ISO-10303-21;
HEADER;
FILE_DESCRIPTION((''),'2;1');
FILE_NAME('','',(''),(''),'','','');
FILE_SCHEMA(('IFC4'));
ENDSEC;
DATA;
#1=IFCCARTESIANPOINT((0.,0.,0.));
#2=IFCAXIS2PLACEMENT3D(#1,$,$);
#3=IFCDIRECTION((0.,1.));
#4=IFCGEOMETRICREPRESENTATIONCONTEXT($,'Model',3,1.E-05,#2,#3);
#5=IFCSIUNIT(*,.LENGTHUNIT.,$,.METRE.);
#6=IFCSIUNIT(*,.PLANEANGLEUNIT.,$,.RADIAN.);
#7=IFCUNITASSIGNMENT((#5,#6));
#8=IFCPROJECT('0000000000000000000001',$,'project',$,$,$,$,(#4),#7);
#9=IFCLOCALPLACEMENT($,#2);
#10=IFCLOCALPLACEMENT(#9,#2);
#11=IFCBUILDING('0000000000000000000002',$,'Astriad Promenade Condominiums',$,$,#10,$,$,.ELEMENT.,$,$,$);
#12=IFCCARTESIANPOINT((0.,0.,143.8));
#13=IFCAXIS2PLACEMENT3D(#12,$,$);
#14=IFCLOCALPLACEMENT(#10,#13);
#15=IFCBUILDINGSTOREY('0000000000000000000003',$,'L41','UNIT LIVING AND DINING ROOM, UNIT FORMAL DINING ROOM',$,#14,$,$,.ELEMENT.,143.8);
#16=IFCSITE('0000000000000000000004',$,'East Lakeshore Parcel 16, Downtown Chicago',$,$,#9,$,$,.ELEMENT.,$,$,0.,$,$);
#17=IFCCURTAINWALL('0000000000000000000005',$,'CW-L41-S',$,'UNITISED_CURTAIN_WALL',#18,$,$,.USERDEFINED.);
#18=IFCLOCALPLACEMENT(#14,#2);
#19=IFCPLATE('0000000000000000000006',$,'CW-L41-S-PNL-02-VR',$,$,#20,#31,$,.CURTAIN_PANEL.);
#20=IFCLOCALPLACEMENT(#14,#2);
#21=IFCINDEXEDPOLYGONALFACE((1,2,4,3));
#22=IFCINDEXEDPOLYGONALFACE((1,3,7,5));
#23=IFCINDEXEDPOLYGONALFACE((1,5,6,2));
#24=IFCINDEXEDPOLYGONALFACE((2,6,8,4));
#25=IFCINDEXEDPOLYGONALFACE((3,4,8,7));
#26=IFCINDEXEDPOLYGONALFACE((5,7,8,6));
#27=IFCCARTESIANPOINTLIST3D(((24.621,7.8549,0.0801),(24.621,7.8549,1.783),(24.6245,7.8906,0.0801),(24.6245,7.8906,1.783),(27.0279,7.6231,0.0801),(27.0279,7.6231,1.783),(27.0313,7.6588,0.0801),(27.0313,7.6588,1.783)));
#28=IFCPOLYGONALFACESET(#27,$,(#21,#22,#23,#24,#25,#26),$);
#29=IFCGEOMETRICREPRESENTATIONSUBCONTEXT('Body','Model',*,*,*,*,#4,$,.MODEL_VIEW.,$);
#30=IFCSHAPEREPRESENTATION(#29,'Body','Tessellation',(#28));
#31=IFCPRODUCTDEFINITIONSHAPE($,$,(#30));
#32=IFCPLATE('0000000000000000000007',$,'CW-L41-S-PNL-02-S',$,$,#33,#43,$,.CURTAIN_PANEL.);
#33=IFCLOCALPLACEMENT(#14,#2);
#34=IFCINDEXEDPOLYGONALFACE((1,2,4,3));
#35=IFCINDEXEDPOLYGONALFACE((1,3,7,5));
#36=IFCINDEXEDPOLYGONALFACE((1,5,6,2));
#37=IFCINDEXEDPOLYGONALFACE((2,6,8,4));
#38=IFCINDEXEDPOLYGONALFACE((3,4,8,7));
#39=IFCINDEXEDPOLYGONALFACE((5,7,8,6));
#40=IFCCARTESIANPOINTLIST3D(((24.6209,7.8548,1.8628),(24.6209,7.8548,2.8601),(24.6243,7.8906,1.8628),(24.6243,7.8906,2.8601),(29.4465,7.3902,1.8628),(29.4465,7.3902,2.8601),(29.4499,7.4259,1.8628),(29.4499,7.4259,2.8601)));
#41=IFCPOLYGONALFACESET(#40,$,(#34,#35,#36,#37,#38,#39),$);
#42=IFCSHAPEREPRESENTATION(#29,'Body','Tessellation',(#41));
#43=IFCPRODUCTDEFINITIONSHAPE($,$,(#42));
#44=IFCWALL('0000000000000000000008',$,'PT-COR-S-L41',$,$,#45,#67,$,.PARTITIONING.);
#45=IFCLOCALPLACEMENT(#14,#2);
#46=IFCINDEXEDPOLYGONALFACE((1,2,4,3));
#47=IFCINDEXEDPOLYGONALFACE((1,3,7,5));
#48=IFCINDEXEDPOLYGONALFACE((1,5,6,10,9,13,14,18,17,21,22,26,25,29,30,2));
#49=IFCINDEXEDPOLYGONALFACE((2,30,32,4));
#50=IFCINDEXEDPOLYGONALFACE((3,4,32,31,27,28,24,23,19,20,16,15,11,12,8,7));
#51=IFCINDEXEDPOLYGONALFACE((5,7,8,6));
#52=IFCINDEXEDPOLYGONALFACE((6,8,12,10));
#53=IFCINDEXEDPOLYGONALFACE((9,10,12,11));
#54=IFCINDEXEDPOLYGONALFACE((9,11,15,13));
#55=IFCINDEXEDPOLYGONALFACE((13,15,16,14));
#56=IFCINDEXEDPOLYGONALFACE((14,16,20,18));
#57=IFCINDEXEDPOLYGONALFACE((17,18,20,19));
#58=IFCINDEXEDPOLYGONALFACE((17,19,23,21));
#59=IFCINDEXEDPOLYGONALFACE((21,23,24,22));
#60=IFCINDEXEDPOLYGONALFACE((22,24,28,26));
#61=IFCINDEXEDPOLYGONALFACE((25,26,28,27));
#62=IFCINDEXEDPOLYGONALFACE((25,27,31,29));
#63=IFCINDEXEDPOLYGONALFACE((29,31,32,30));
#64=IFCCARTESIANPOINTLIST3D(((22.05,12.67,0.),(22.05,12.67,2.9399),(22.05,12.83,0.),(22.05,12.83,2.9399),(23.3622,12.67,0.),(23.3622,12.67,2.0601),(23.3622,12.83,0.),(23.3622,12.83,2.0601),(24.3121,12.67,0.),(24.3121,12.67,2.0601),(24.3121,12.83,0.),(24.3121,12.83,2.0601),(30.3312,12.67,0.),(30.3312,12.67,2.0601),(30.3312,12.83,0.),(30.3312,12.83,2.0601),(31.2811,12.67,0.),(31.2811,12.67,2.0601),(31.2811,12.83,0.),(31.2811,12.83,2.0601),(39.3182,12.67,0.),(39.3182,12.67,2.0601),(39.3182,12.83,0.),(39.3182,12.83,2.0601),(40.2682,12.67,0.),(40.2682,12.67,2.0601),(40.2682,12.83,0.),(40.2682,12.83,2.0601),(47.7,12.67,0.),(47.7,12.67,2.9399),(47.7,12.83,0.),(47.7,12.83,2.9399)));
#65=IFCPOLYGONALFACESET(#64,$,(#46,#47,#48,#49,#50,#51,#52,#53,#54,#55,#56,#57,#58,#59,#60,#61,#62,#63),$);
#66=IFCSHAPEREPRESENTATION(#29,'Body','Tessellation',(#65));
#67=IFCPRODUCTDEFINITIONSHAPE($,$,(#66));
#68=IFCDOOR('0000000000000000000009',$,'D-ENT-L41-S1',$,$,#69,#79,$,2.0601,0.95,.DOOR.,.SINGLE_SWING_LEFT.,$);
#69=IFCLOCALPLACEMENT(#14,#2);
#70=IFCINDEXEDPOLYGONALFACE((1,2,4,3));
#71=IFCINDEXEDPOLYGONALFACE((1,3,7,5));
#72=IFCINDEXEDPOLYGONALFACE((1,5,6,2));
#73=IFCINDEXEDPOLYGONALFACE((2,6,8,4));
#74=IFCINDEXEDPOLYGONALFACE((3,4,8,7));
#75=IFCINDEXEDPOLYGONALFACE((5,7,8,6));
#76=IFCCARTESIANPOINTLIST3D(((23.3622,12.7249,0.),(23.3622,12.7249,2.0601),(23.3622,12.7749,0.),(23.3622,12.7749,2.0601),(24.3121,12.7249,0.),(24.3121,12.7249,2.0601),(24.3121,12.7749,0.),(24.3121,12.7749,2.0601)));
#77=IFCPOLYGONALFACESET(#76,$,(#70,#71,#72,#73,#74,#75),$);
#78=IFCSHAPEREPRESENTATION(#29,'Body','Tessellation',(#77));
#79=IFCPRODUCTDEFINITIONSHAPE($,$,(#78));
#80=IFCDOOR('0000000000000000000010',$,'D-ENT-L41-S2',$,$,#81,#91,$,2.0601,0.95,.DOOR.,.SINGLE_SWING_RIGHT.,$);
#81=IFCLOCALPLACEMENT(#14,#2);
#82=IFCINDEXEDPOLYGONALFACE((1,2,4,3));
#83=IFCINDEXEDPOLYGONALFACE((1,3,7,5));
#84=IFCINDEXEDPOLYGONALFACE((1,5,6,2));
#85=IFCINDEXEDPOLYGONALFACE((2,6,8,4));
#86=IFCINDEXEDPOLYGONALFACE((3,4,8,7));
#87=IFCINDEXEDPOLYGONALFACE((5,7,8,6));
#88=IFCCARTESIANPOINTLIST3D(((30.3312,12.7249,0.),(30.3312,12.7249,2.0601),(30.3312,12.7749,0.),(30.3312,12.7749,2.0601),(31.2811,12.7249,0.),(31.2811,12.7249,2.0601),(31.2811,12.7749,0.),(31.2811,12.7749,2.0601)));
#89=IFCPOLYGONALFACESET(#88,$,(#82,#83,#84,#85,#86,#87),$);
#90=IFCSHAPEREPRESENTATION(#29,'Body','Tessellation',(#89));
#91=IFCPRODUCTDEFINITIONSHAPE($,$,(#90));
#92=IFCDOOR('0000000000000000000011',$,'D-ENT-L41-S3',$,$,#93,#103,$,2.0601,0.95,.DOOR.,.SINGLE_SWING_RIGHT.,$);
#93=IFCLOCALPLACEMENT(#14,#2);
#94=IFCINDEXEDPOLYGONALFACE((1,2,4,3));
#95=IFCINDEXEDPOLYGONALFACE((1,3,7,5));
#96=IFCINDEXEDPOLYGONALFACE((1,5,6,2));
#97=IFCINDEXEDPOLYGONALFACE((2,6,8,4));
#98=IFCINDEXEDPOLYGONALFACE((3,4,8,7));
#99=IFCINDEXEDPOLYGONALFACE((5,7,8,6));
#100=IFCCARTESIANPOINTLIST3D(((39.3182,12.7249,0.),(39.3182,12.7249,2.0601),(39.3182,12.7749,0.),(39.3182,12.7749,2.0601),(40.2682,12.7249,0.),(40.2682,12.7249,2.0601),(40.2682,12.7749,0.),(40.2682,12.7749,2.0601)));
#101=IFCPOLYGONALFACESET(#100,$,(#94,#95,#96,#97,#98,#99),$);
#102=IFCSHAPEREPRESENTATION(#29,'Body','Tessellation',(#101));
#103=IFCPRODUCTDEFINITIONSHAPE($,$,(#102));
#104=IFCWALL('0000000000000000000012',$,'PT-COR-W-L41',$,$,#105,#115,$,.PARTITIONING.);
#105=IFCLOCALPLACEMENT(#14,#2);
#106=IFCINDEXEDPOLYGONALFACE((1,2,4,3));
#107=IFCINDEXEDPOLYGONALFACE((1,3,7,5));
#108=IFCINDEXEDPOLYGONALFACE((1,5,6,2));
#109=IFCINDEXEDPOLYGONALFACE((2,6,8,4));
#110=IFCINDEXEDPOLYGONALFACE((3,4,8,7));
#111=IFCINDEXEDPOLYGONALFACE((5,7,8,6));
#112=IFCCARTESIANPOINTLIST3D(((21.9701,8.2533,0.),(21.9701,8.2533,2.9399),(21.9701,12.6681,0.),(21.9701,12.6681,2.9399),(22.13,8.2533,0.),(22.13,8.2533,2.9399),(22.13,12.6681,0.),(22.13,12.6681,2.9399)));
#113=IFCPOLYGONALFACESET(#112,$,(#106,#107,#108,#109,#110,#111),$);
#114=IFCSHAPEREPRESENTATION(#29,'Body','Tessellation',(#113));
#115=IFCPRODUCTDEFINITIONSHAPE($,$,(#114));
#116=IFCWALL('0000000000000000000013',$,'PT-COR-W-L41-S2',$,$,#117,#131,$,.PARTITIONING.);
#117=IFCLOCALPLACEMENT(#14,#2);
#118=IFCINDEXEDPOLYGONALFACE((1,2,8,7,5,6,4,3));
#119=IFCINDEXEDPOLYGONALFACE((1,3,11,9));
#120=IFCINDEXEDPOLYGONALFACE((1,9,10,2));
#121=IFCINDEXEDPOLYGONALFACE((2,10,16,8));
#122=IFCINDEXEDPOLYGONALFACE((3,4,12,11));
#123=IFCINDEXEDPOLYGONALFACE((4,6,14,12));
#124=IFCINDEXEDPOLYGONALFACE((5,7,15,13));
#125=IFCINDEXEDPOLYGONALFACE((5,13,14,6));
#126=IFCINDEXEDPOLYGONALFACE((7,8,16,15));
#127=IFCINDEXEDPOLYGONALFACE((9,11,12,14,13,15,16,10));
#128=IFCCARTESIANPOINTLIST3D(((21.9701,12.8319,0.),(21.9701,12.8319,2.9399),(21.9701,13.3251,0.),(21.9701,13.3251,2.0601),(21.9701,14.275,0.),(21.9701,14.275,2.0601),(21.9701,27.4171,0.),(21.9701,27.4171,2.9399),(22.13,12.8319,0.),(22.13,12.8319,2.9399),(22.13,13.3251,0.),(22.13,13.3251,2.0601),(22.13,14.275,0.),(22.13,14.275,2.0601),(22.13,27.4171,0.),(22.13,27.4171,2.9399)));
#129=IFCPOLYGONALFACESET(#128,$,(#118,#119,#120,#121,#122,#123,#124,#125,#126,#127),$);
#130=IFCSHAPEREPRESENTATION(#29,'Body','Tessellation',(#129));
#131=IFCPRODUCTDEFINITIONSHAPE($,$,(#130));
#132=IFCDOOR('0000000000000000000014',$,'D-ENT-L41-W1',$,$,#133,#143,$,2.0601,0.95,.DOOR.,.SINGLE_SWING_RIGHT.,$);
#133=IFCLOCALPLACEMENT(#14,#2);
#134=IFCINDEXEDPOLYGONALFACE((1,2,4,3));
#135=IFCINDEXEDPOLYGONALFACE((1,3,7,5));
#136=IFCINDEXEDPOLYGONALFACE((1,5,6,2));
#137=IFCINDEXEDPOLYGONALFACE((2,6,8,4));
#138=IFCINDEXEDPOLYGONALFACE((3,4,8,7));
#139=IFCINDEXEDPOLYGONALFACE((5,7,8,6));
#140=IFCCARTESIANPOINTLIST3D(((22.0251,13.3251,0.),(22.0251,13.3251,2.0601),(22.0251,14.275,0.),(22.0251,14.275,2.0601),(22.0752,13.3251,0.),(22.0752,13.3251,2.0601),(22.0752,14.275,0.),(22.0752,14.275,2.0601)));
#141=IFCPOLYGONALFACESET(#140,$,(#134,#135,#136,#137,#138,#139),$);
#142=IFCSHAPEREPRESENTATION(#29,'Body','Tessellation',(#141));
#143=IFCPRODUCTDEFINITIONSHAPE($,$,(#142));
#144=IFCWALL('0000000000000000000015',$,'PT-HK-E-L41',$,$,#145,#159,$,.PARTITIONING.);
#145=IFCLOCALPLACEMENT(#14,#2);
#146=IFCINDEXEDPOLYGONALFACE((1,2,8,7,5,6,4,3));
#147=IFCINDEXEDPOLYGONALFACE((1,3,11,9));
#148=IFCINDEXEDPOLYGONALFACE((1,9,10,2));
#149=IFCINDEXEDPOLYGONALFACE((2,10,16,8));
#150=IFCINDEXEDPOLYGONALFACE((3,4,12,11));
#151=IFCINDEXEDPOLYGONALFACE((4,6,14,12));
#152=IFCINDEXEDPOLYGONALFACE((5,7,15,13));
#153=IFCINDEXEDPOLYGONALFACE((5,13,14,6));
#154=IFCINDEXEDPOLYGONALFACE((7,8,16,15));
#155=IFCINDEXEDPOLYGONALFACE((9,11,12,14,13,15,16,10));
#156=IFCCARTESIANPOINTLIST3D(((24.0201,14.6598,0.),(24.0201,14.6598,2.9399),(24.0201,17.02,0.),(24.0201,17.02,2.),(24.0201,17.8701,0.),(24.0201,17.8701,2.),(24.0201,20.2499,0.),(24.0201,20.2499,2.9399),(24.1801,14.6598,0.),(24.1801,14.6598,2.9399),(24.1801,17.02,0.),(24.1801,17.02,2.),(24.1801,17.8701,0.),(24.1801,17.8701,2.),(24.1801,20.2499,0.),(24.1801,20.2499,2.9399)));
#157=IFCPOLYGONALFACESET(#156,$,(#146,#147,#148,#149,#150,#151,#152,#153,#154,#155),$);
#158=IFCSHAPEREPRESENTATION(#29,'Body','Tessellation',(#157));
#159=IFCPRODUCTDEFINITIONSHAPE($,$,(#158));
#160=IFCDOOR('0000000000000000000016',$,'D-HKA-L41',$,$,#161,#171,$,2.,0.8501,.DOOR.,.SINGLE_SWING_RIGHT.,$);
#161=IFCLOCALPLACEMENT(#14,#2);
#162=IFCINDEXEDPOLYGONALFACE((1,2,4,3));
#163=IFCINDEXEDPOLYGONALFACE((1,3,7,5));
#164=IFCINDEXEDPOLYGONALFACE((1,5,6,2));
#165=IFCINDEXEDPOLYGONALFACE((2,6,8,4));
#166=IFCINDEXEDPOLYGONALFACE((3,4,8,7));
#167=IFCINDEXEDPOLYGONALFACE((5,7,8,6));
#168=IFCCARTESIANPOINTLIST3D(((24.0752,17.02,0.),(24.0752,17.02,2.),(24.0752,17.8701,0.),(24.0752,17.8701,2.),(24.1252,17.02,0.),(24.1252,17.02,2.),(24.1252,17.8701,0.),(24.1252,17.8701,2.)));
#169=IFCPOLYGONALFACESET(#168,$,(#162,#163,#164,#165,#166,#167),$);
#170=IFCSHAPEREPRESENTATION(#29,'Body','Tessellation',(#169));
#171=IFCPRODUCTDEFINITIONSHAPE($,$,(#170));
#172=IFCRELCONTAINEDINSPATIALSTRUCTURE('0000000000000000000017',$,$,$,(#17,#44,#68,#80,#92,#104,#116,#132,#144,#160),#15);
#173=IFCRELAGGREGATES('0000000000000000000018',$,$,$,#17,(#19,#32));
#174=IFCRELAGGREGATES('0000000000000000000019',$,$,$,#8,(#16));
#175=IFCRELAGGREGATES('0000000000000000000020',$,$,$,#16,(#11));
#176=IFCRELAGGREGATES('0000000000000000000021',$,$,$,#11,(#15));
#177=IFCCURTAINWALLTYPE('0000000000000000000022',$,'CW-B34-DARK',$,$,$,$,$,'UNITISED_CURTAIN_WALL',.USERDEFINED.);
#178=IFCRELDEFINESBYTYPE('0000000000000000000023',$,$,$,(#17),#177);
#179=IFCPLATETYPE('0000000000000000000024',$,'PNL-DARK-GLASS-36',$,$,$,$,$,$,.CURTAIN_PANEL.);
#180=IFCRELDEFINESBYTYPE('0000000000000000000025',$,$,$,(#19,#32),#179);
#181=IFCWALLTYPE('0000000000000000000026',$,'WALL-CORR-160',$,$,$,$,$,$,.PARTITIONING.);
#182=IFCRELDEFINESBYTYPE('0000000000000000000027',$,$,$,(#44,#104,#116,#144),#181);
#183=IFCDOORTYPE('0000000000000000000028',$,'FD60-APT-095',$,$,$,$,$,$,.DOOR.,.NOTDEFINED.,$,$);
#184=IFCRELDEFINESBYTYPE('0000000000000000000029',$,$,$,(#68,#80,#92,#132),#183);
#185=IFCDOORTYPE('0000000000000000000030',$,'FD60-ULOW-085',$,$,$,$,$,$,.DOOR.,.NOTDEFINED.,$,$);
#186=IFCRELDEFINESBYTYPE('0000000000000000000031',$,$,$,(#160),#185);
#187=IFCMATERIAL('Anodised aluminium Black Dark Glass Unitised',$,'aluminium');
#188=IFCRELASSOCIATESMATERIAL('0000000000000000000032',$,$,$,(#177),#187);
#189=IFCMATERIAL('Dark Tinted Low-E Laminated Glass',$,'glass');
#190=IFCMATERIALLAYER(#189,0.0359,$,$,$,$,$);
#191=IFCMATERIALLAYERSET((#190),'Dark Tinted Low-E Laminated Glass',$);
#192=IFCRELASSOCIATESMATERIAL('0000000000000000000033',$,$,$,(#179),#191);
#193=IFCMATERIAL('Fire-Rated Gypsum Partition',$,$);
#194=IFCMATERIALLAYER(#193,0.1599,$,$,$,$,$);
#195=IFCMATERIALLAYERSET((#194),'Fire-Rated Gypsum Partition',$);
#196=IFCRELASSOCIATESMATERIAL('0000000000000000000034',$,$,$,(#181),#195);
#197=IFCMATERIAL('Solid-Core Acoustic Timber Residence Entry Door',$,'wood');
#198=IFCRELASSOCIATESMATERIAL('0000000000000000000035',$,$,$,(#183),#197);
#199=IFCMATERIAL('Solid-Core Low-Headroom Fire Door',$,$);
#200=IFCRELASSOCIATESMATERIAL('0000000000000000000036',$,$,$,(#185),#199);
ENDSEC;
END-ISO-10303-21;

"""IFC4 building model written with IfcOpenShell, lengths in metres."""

from ifc_helpers import new_model, si_unit, direction, frame, frame_2d, origin, origin_2d, place, context, subcontext, project, spatial, rectangle, extrude, source, transform, mapped, material, layer, layer_set, type_object, type_shapes, element, fill, aggregate, save


model = new_model("IFC4")

# Units and contexts
model_context = context("Model", 3, precision=1e-05, world=origin(), true_north=direction((0.0, 1.0)))
body_context = subcontext(model_context, "Body", "Model", "MODEL_VIEW")
ifc_project = project(units=[si_unit("LENGTHUNIT", "METRE"), si_unit("PLANEANGLEUNIT", "RADIAN")], contexts=[model_context])

# Site, building, storey
site_placement = place(None, origin())
site = spatial("IfcSite", under=ifc_project, at=site_placement, Name="East Lakeshore Parcel 16, Downtown Chicago", CompositionType="ELEMENT", RefElevation=0.0)
building_placement = place(site_placement, origin())
building = spatial("IfcBuilding", under=site, at=building_placement, Name="Astriad Promenade Condominiums", CompositionType="ELEMENT")
storey_placement = place(building_placement, frame((0.0, 0.0, 143.8)))
storey = spatial("IfcBuildingStorey", under=building, at=storey_placement, Name="L41", Description="UNIT LIVING AND DINING ROOM, UNIT FORMAL DINING ROOM", CompositionType="ELEMENT", Elevation=143.8)

# Curtain wall, plates
ifc_material_1 = material(Name="Anodised aluminium Black Dark Glass Unitised", Category="aluminium")
curtain_wall_type = type_object("IfcCurtainWallType", Name="CW-B34-DARK", ElementType="UNITISED_CURTAIN_WALL", PredefinedType="USERDEFINED", material=ifc_material_1)
curtain_wall_placement = place(storey_placement, origin())
curtain_wall = element("IfcCurtainWall", 1, at=curtain_wall_placement, inside=storey, type_object=curtain_wall_type, Name="CW-L41-S", ObjectType="UNITISED_CURTAIN_WALL", PredefinedType="USERDEFINED")
ifc_material_2 = material(Name="Dark Tinted Low-E Laminated Glass", Category="glass")
ifc_layer_1 = layer(ifc_material_2, 0.0359)
ifc_layer_set_1 = layer_set([ifc_layer_1], Name="Dark Tinted Low-E Laminated Glass")
plate_type = type_object("IfcPlateType", Name="PNL-DARK-GLASS-36", PredefinedType="CURTAIN_PANEL", material=ifc_layer_set_1)
shared_shape_1 = source(origin(), body_context, "Body", "SweptSolid", [
    extrude(rectangle(XDim=2.418, YDim=0.0359, at=origin_2d()), origin(), (0.0, 0.0, 1.0), 1.7029),
])
plate_1_placement = place(storey_placement, frame((25.8262, 7.7568, 0.0801), z_axis=(0.0, 0.0, 1.0), x_axis=(-0.995396, 0.095846, 0.0)))
plate_1 = element("IfcPlate", 2, at=plate_1_placement, type_object=plate_type, Name="CW-L41-S-PNL-02-VR", PredefinedType="CURTAIN_PANEL", context=body_context, shape_type="MappedRepresentation", body=[
    mapped(shared_shape_1, transform((0.0, 0.0, 0.0), scale=1.0)),
])
shared_shape_2 = source(origin(), body_context, "Body", "SweptSolid", [
    extrude(rectangle(XDim=4.8479, YDim=0.0359, at=origin_2d()), origin(), (0.0, 0.0, 1.0), 0.9973),
])
type_shapes(plate_type, [shared_shape_1, shared_shape_2])
plate_2_placement = place(storey_placement, frame((27.0354, 7.6404, 1.8628), z_axis=(0.0, 0.0, 1.0), x_axis=(-0.995396, 0.095846, 0.0)))
plate_2 = element("IfcPlate", 3, at=plate_2_placement, type_object=plate_type, Name="CW-L41-S-PNL-02-S", PredefinedType="CURTAIN_PANEL", context=body_context, shape_type="MappedRepresentation", body=[
    mapped(shared_shape_2, transform((0.0, 0.0, 0.0), scale=1.0)),
])
aggregate(curtain_wall, [plate_1, plate_2])

# Wall, openings, doors
ifc_material_3 = material(Name="Fire-Rated Gypsum Partition")
ifc_layer_2 = layer(ifc_material_3, 0.1599)
ifc_layer_set_2 = layer_set([ifc_layer_2], Name="Fire-Rated Gypsum Partition")
wall_type_1 = type_object("IfcWallType", Name="WALL-CORR-160", PredefinedType="PARTITIONING", material=ifc_layer_set_2)
wall_1_placement = place(storey_placement, frame((22.05, 12.75, 0.0), z_axis=(0.0, 0.0, 1.0), x_axis=(1.0, 0.0, 0.0)))
wall_1 = element("IfcWall", 4, at=wall_1_placement, inside=storey, type_object=wall_type_1, Name="PT-COR-S-L41", PredefinedType="PARTITIONING", context=body_context, shape_type="SweptSolid", body=[
    extrude(rectangle(XDim=25.6499, YDim=0.1599, at=frame_2d((12.825, 0.0))), origin(), (0.0, 0.0, 1.0), 2.9399),
])
opening_1_placement = place(wall_1_placement, frame((1.312, 0.0, 0.0)))
opening_1 = element("IfcOpeningElement", 5, at=opening_1_placement, cuts=wall_1, PredefinedType="OPENING", context=body_context, shape_type="SweptSolid", body=[
    extrude(rectangle(XDim=0.95, YDim=2.0601, at=frame_2d((0.4751, 1.03))), frame((0.0, 0.0898, 0.0), z_axis=(0.0, -1.0, 0.0), x_axis=(1.0, 0.0, 0.0)), (0.0, 0.0, 1.0), 0.1799),
])
opening_2_placement = place(wall_1_placement, frame((8.281, 0.0, 0.0)))
opening_2 = element("IfcOpeningElement", 6, at=opening_2_placement, cuts=wall_1, PredefinedType="OPENING", context=body_context, shape_type="SweptSolid", body=[
    extrude(rectangle(XDim=0.95, YDim=2.0601, at=frame_2d((0.4751, 1.03))), frame((0.0, 0.0898, 0.0), z_axis=(0.0, -1.0, 0.0), x_axis=(1.0, 0.0, 0.0)), (0.0, 0.0, 1.0), 0.1799),
])
opening_3_placement = place(wall_1_placement, frame((17.2681, 0.0, 0.0)))
opening_3 = element("IfcOpeningElement", 7, at=opening_3_placement, cuts=wall_1, PredefinedType="OPENING", context=body_context, shape_type="SweptSolid", body=[
    extrude(rectangle(XDim=0.95, YDim=2.0601, at=frame_2d((0.4751, 1.03))), frame((0.0, 0.0898, 0.0), z_axis=(0.0, -1.0, 0.0), x_axis=(1.0, 0.0, 0.0)), (0.0, 0.0, 1.0), 0.1799),
])
ifc_material_4 = material(Name="Solid-Core Acoustic Timber Residence Entry Door", Category="wood")
door_type_1 = type_object("IfcDoorType", Name="FD60-APT-095", OperationType="NOTDEFINED", PredefinedType="DOOR", material=ifc_material_4)
shared_shape_3 = source(origin(), body_context, "Body", "SweptSolid", [
    extrude(rectangle(XDim=0.95, YDim=2.0601, at=frame_2d((0.4751, 1.03))), frame((0.0, 0.0249, 0.0), z_axis=(0.0, -1.0, 0.0), x_axis=(1.0, 0.0, 0.0)), (0.0, 0.0, 1.0), 0.05),
])
type_shapes(door_type_1, [shared_shape_3])
door_1_placement = place(opening_1_placement, origin())
door_1 = element("IfcDoor", 8, at=door_1_placement, inside=storey, type_object=door_type_1, Name="D-ENT-L41-S1", OperationType="SINGLE_SWING_LEFT", OverallHeight=2.0601, OverallWidth=0.95, PredefinedType="DOOR", context=body_context, shape_type="MappedRepresentation", body=[
    mapped(shared_shape_3, transform((0.0, 0.0, 0.0), scale=1.0)),
])
fill(opening_1, door_1)
door_2_placement = place(opening_2_placement, origin())
door_2 = element("IfcDoor", 9, at=door_2_placement, inside=storey, type_object=door_type_1, Name="D-ENT-L41-S2", OperationType="SINGLE_SWING_RIGHT", OverallHeight=2.0601, OverallWidth=0.95, PredefinedType="DOOR", context=body_context, shape_type="MappedRepresentation", body=[
    mapped(shared_shape_3, transform((0.0, 0.0, 0.0), scale=1.0)),
])
fill(opening_2, door_2)
door_3_placement = place(opening_3_placement, origin())
door_3 = element("IfcDoor", 10, at=door_3_placement, inside=storey, type_object=door_type_1, Name="D-ENT-L41-S3", OperationType="SINGLE_SWING_RIGHT", OverallHeight=2.0601, OverallWidth=0.95, PredefinedType="DOOR", context=body_context, shape_type="MappedRepresentation", body=[
    mapped(shared_shape_3, transform((0.0, 0.0, 0.0), scale=1.0)),
])
fill(opening_3, door_3)

# Wall
wall_2_placement = place(storey_placement, frame((22.05, 8.2532, 0.0), z_axis=(0.0, 0.0, 1.0), x_axis=(0.0, 1.0, 0.0)))
element("IfcWall", 11, at=wall_2_placement, inside=storey, type_object=wall_type_1, Name="PT-COR-W-L41", PredefinedType="PARTITIONING", context=body_context, shape_type="SweptSolid", body=[
    extrude(rectangle(XDim=4.4148, YDim=0.1599, at=frame_2d((2.2075, 0.0))), origin(), (0.0, 0.0, 1.0), 2.9399),
])

# Walls, openings, doors
wall_3_placement = place(storey_placement, frame((22.05, 12.832, 0.0), z_axis=(0.0, 0.0, 1.0), x_axis=(0.0, 1.0, 0.0)))
wall_3 = element("IfcWall", 12, at=wall_3_placement, inside=storey, type_object=wall_type_1, Name="PT-COR-W-L41-S2", PredefinedType="PARTITIONING", context=body_context, shape_type="SweptSolid", body=[
    extrude(rectangle(XDim=14.5852, YDim=0.1599, at=frame_2d((7.2925, 0.0))), origin(), (0.0, 0.0, 1.0), 2.9399),
])
opening_4_placement = place(wall_3_placement, frame((0.4929, 0.0, 0.0)))
opening_4 = element("IfcOpeningElement", 13, at=opening_4_placement, cuts=wall_3, PredefinedType="OPENING", context=body_context, shape_type="SweptSolid", body=[
    extrude(rectangle(XDim=0.95, YDim=2.0601, at=frame_2d((0.4751, 1.03))), frame((0.0, 0.0898, 0.0), z_axis=(0.0, -1.0, 0.0), x_axis=(1.0, 0.0, 0.0)), (0.0, 0.0, 1.0), 0.1799),
])
door_4_placement = place(opening_4_placement, origin())
door_4 = element("IfcDoor", 14, at=door_4_placement, inside=storey, type_object=door_type_1, Name="D-ENT-L41-W1", OperationType="SINGLE_SWING_RIGHT", OverallHeight=2.0601, OverallWidth=0.95, PredefinedType="DOOR", context=body_context, shape_type="MappedRepresentation", body=[
    mapped(shared_shape_3, transform((0.0, 0.0, 0.0), scale=1.0)),
])
fill(opening_4, door_4)
wall_4_placement = place(storey_placement, frame((24.1001, 14.6599, 0.0), z_axis=(0.0, 0.0, 1.0), x_axis=(0.0, 1.0, 0.0)))
wall_4 = element("IfcWall", 15, at=wall_4_placement, inside=storey, type_object=wall_type_1, Name="PT-HK-E-L41", PredefinedType="PARTITIONING", context=body_context, shape_type="SweptSolid", body=[
    extrude(rectangle(XDim=5.5901, YDim=0.1599, at=frame_2d((2.7949, 0.0))), origin(), (0.0, 0.0, 1.0), 2.9399),
])
opening_5_placement = place(wall_4_placement, frame((2.3601, 0.0, 0.0)))
opening_5 = element("IfcOpeningElement", 16, at=opening_5_placement, cuts=wall_4, PredefinedType="OPENING", context=body_context, shape_type="SweptSolid", body=[
    extrude(rectangle(XDim=0.8501, YDim=2.0, at=frame_2d((0.425, 1.0))), frame((0.0, 0.0898, 0.0), z_axis=(0.0, -1.0, 0.0), x_axis=(1.0, 0.0, 0.0)), (0.0, 0.0, 1.0), 0.1799),
])
ifc_material_5 = material(Name="Solid-Core Low-Headroom Fire Door")
door_type_2 = type_object("IfcDoorType", Name="FD60-ULOW-085", OperationType="NOTDEFINED", PredefinedType="DOOR", material=ifc_material_5)
shared_shape_4 = source(origin(), body_context, "Body", "SweptSolid", [
    extrude(rectangle(XDim=0.8501, YDim=2.0, at=frame_2d((0.425, 1.0))), frame((0.0, 0.0249, 0.0), z_axis=(0.0, -1.0, 0.0), x_axis=(1.0, 0.0, 0.0)), (0.0, 0.0, 1.0), 0.05),
])
type_shapes(door_type_2, [shared_shape_4])
door_5_placement = place(opening_5_placement, origin())
door_5 = element("IfcDoor", 17, at=door_5_placement, inside=storey, type_object=door_type_2, Name="D-HKA-L41", OperationType="SINGLE_SWING_RIGHT", OverallHeight=2.0, OverallWidth=0.8501, PredefinedType="DOOR", context=body_context, shape_type="MappedRepresentation", body=[
    mapped(shared_shape_4, transform((0.0, 0.0, 0.0), scale=1.0)),
])
fill(opening_5, door_5)

save(model, "model.ifc")
